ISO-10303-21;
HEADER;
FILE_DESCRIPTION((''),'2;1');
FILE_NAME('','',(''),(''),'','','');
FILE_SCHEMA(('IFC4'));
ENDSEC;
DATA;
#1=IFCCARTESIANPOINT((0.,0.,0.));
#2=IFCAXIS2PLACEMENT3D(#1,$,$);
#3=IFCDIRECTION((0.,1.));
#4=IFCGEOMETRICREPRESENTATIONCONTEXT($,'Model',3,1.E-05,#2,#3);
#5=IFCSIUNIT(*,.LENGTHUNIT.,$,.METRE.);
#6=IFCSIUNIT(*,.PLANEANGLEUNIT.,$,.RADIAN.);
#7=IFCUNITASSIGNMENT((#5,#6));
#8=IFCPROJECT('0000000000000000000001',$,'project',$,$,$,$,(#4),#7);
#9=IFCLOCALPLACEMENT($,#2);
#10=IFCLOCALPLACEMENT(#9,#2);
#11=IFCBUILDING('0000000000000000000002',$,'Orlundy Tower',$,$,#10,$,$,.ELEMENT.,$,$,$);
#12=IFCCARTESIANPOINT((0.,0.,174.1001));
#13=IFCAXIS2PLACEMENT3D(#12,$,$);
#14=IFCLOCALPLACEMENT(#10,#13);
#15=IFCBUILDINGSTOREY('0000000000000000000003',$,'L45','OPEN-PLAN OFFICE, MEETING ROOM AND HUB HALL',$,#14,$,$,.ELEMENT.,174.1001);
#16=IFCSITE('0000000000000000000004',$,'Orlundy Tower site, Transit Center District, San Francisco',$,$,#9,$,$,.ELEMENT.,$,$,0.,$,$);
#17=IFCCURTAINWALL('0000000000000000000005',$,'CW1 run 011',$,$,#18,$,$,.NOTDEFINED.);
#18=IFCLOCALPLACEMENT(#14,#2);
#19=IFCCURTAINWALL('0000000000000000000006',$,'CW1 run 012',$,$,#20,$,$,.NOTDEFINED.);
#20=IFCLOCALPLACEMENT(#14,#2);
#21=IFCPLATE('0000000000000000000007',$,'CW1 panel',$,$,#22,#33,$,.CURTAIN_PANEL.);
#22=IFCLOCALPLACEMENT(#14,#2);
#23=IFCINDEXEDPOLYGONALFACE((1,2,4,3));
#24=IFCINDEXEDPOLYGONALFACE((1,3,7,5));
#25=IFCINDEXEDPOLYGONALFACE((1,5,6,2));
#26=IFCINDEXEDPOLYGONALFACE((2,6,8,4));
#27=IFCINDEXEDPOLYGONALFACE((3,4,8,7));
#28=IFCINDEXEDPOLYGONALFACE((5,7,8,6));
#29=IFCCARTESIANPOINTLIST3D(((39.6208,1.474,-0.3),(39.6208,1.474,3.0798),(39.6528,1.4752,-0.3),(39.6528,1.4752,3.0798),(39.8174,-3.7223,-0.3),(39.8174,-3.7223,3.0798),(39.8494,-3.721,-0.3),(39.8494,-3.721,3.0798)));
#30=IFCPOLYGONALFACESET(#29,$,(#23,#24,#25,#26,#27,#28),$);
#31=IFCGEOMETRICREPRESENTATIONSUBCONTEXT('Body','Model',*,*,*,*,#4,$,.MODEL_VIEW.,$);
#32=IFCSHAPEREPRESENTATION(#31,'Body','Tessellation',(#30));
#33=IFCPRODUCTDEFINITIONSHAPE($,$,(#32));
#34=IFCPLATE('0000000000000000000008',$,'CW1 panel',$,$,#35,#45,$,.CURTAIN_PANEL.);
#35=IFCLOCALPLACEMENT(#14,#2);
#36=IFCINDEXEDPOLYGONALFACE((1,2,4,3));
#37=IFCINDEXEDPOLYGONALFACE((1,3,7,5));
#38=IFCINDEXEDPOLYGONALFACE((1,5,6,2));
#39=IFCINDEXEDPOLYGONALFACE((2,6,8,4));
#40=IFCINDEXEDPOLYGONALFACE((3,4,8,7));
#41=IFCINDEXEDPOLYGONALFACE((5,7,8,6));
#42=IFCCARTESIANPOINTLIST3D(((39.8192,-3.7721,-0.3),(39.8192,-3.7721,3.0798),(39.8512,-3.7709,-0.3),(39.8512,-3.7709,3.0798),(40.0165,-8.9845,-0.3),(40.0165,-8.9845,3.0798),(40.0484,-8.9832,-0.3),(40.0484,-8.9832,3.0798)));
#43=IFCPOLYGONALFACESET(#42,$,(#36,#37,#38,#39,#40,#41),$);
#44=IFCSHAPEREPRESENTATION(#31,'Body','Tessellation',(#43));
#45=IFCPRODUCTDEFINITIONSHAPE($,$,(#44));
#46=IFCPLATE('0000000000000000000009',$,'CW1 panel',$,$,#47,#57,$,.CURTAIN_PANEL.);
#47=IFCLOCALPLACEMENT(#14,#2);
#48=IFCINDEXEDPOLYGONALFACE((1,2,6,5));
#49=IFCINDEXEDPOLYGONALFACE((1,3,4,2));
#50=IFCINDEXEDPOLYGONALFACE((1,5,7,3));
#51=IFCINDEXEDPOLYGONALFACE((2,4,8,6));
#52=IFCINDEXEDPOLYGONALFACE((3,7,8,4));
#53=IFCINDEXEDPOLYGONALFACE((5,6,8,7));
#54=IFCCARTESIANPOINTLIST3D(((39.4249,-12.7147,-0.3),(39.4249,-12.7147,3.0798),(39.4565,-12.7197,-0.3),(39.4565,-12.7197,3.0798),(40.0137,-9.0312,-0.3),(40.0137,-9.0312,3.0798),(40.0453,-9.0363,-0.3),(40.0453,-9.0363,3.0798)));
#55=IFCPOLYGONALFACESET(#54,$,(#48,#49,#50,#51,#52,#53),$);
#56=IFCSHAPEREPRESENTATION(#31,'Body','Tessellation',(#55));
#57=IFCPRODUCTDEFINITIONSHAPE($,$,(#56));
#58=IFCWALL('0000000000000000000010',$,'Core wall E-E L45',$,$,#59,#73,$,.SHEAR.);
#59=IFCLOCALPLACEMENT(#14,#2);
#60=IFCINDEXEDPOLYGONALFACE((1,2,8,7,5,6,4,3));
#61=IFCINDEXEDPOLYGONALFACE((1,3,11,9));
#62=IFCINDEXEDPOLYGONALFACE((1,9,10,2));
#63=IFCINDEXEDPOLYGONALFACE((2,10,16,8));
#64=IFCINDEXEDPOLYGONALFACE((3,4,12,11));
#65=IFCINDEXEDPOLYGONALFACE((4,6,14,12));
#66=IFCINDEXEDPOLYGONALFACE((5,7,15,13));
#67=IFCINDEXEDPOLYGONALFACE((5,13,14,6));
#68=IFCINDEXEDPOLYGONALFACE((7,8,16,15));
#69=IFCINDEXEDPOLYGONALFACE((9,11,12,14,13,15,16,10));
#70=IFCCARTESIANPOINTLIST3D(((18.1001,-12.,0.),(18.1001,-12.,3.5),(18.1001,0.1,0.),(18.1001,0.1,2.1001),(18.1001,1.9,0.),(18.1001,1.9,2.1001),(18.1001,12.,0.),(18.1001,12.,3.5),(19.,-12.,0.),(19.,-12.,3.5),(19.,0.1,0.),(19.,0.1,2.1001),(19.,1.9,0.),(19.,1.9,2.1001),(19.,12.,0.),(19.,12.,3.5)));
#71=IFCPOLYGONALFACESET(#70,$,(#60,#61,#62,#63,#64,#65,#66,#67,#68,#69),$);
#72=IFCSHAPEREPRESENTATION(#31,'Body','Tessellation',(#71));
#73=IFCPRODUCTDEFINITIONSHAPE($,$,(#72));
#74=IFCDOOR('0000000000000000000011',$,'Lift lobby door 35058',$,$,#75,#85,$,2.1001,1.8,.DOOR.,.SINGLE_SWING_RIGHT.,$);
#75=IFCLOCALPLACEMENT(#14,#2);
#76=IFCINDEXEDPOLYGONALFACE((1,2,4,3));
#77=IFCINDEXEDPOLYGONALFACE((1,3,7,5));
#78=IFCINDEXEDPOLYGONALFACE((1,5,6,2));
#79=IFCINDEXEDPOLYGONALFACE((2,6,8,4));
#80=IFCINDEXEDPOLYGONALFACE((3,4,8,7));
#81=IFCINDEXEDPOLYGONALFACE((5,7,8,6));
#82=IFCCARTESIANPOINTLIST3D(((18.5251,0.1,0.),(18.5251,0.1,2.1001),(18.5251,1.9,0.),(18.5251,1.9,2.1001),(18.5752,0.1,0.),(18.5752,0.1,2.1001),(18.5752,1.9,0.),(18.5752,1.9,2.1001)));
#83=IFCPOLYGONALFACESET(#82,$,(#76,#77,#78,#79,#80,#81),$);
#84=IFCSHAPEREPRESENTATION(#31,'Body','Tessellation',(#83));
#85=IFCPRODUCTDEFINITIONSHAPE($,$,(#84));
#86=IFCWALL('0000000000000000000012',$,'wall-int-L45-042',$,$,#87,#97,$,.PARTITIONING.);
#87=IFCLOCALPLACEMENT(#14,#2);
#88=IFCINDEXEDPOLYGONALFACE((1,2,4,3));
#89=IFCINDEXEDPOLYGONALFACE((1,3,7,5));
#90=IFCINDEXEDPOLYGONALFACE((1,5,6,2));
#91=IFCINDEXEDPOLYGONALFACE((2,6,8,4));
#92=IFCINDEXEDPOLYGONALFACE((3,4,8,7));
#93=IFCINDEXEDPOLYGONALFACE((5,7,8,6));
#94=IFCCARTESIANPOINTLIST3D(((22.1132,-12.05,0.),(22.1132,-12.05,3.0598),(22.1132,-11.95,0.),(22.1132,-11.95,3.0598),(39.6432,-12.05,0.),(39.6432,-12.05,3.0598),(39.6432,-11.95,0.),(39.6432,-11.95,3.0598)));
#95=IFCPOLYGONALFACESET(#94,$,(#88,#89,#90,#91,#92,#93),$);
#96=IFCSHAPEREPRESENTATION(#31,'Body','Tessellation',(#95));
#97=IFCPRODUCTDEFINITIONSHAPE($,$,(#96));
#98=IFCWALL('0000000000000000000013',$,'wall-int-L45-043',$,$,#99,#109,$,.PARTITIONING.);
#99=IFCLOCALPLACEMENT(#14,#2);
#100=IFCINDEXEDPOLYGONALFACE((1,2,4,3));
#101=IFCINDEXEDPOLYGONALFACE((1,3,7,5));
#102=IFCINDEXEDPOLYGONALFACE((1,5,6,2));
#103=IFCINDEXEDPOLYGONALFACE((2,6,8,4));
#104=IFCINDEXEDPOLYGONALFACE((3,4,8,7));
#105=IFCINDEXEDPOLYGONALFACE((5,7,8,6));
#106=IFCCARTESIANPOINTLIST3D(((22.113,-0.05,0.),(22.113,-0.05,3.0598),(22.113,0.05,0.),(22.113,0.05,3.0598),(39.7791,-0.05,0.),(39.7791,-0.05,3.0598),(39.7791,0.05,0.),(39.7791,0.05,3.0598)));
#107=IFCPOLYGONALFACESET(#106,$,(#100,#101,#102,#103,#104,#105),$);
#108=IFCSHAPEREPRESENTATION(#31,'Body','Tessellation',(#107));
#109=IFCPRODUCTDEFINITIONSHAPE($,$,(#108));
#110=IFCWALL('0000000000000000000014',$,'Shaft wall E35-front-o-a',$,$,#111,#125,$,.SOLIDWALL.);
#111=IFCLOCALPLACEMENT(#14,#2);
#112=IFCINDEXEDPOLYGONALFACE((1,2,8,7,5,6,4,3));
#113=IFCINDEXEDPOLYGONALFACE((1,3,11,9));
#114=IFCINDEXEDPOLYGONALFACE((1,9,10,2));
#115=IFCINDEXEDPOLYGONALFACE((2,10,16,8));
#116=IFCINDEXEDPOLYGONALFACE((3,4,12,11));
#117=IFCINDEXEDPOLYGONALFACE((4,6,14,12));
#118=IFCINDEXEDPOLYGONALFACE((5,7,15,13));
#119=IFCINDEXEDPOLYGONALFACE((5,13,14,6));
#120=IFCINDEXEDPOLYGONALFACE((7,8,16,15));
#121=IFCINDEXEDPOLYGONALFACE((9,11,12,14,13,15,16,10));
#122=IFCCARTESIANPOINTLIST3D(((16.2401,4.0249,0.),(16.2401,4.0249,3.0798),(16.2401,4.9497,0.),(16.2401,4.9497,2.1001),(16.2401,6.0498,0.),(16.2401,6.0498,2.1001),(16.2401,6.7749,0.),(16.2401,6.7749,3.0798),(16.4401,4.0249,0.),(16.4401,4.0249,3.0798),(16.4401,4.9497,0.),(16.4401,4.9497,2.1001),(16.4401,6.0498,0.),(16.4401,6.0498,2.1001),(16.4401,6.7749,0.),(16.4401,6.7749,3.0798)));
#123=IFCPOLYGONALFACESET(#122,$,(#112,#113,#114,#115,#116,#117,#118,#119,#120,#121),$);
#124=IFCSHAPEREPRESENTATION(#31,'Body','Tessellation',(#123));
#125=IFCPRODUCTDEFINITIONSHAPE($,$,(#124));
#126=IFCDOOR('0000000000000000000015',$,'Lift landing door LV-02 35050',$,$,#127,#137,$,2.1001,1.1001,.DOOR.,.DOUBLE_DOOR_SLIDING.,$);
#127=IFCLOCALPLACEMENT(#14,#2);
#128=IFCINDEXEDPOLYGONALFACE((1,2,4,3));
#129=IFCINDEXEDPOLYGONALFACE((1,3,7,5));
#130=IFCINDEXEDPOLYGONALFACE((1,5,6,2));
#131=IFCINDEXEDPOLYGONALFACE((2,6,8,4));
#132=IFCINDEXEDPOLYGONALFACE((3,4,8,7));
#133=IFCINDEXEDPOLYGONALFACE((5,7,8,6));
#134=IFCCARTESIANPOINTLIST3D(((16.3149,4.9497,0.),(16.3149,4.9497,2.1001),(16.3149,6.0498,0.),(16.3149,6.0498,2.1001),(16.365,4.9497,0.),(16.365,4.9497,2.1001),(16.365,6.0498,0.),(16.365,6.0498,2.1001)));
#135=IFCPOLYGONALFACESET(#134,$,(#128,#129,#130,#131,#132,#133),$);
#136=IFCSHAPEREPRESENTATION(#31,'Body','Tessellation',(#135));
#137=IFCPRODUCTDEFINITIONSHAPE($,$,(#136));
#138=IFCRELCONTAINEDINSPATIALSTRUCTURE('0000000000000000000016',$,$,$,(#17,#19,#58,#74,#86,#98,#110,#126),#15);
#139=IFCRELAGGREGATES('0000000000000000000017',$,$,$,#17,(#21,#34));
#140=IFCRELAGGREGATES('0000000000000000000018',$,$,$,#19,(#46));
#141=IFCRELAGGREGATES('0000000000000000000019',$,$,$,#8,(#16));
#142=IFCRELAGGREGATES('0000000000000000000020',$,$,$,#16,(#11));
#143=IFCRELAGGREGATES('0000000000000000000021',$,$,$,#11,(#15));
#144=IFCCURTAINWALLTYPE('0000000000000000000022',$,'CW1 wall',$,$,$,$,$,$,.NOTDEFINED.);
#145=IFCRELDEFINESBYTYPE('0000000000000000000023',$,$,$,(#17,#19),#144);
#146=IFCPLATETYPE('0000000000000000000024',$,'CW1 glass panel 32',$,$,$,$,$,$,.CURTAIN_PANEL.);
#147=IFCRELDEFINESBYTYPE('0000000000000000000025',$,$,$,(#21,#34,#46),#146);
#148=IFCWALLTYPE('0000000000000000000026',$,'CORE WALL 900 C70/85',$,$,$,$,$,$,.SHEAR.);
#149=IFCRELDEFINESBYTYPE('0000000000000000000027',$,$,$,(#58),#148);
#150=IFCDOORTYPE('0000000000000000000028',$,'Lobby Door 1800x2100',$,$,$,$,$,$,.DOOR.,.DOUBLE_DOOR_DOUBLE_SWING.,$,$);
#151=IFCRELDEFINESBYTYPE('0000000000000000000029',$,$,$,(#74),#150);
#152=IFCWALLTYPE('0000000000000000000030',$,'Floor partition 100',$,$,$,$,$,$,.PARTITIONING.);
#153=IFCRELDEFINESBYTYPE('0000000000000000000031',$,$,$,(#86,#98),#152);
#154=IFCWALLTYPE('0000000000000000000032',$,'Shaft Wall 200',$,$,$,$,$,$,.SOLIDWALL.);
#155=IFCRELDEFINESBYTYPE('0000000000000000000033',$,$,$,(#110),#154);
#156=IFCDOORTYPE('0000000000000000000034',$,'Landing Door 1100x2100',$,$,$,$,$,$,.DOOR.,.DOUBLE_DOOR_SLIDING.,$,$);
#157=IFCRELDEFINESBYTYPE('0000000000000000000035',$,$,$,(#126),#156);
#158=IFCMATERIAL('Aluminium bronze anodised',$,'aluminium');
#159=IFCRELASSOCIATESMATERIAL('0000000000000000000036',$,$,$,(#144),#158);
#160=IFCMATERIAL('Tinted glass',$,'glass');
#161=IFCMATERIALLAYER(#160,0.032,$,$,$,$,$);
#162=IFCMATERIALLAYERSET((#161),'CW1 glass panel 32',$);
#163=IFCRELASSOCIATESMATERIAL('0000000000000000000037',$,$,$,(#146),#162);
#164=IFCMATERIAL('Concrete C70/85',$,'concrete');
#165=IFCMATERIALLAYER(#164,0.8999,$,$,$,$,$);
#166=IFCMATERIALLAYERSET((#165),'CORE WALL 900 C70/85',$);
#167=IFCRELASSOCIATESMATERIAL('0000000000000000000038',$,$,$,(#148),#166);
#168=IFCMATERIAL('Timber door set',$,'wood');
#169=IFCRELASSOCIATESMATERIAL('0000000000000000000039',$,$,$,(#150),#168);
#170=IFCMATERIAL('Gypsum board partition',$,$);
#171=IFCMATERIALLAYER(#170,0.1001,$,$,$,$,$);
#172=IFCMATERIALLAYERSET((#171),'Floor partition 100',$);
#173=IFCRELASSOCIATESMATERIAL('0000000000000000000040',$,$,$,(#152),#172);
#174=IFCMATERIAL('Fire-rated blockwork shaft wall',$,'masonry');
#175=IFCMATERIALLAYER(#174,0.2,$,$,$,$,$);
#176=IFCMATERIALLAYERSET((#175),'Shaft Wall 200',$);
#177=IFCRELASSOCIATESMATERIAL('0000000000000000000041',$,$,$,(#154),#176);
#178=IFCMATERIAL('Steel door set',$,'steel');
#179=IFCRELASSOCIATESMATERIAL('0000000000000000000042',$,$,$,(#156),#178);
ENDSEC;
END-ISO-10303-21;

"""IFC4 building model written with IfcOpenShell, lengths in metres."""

from ifc_helpers import new_model, si_unit, direction, frame, frame_2d, origin, origin_2d, place, context, subcontext, project, spatial, rectangle, extrude, material, layer, layer_set, type_object, element, fill, aggregate, save


model = new_model("IFC4")

# Units and contexts
model_context = context("Model", 3, precision=1e-05, world=origin(), true_north=direction((0.0, 1.0)))
body_context = subcontext(model_context, "Body", "Model", "MODEL_VIEW")
ifc_project = project(units=[si_unit("LENGTHUNIT", "METRE"), si_unit("PLANEANGLEUNIT", "RADIAN")], contexts=[model_context])

# Site, building, storey
site_placement = place(None, origin())
site = spatial("IfcSite", under=ifc_project, at=site_placement, Name="Orlundy Tower site, Transit Center District, San Francisco", CompositionType="ELEMENT", RefElevation=0.0)
building_placement = place(site_placement, origin())
building = spatial("IfcBuilding", under=site, at=building_placement, Name="Orlundy Tower", CompositionType="ELEMENT")
storey_placement = place(building_placement, frame((0.0, 0.0, 174.1001)))
storey = spatial("IfcBuildingStorey", under=building, at=storey_placement, Name="L45", Description="OPEN-PLAN OFFICE, MEETING ROOM AND HUB HALL", CompositionType="ELEMENT", Elevation=174.1001)

# Curtain wall
ifc_material_1 = material(Name="Aluminium bronze anodised", Category="aluminium")
curtain_wall_type = type_object("IfcCurtainWallType", Name="CW1 wall", PredefinedType="NOTDEFINED", material=ifc_material_1)
curtain_wall_1_placement = place(storey_placement, origin())
curtain_wall_1 = element("IfcCurtainWall", 1, at=curtain_wall_1_placement, inside=storey, type_object=curtain_wall_type, Name="CW1 run 011", PredefinedType="NOTDEFINED")

# Curtain wall
curtain_wall_2_placement = place(storey_placement, origin())
curtain_wall_2 = element("IfcCurtainWall", 2, at=curtain_wall_2_placement, inside=storey, type_object=curtain_wall_type, Name="CW1 run 012", PredefinedType="NOTDEFINED")

# Plates
ifc_material_2 = material(Name="Tinted glass", Category="glass")
ifc_layer_1 = layer(ifc_material_2, 0.032)
ifc_layer_set_1 = layer_set([ifc_layer_1], Name="CW1 glass panel 32")
plate_type = type_object("IfcPlateType", Name="CW1 glass panel 32", PredefinedType="CURTAIN_PANEL", material=ifc_layer_set_1)
plate_1_placement = place(storey_placement, frame((39.7351, -1.1235, -0.3), z_axis=(0.0, 0.0, 1.0), x_axis=(0.037809, -0.999285, 0.0)))
plate_1 = element("IfcPlate", 3, at=plate_1_placement, type_object=plate_type, Name="CW1 panel", PredefinedType="CURTAIN_PANEL", context=body_context, shape_type="SweptSolid", body=[
    extrude(rectangle(XDim=5.2, YDim=0.032, at=origin_2d()), origin(), (0.0, 0.0, 1.0), 3.3799),
])
plate_2_placement = place(storey_placement, frame((39.9338, -6.3777, -0.3), z_axis=(0.0, 0.0, 1.0), x_axis=(0.037809, -0.999285, 0.0)))
plate_2 = element("IfcPlate", 4, at=plate_2_placement, type_object=plate_type, Name="CW1 panel", PredefinedType="CURTAIN_PANEL", context=body_context, shape_type="SweptSolid", body=[
    extrude(rectangle(XDim=5.2161, YDim=0.032, at=origin_2d()), origin(), (0.0, 0.0, 1.0), 3.3799),
])
aggregate(curtain_wall_1, [plate_1, plate_2])
plate_3_placement = place(storey_placement, frame((39.7351, -10.8755, -0.3), z_axis=(0.0, 0.0, 1.0), x_axis=(-0.157833, -0.987466, 0.0)))
plate_3 = element("IfcPlate", 5, at=plate_3_placement, type_object=plate_type, Name="CW1 panel", PredefinedType="CURTAIN_PANEL", context=body_context, shape_type="SweptSolid", body=[
    extrude(rectangle(XDim=3.7302, YDim=0.032, at=origin_2d()), origin(), (0.0, 0.0, 1.0), 3.3799),
])
aggregate(curtain_wall_2, [plate_3])

# Wall, opening, door
ifc_material_3 = material(Name="Concrete C70/85", Category="concrete")
ifc_layer_2 = layer(ifc_material_3, 0.8999)
ifc_layer_set_2 = layer_set([ifc_layer_2], Name="CORE WALL 900 C70/85")
wall_type_1 = type_object("IfcWallType", Name="CORE WALL 900 C70/85", PredefinedType="SHEAR", material=ifc_layer_set_2)
wall_1_placement = place(storey_placement, frame((18.55, -12.0, 0.0), z_axis=(0.0, 0.0, 1.0), x_axis=(0.0, 1.0, 0.0)))
wall_1 = element("IfcWall", 6, at=wall_1_placement, inside=storey, type_object=wall_type_1, Name="Core wall E-E L45", PredefinedType="SHEAR", context=body_context, shape_type="SweptSolid", body=[
    extrude(rectangle(XDim=24.0, YDim=0.8999, at=frame_2d((12.0, 0.0))), origin(), (0.0, 0.0, 1.0), 3.5),
])
opening_1_placement = place(wall_1_placement, frame((12.1001, 0.0, 0.0)))
opening_1 = element("IfcOpeningElement", 7, at=opening_1_placement, cuts=wall_1, PredefinedType="OPENING", context=body_context, shape_type="SweptSolid", body=[
    extrude(rectangle(XDim=1.8, YDim=2.1001, at=frame_2d((0.8999, 1.05))), frame((0.0, 0.46, 0.0), z_axis=(0.0, -1.0, 0.0), x_axis=(1.0, 0.0, 0.0)), (0.0, 0.0, 1.0), 0.9199),
])
ifc_material_4 = material(Name="Timber door set", Category="wood")
door_type_1 = type_object("IfcDoorType", Name="Lobby Door 1800x2100", OperationType="DOUBLE_DOOR_DOUBLE_SWING", PredefinedType="DOOR", material=ifc_material_4)
door_1_placement = place(opening_1_placement, origin())
door_1 = element("IfcDoor", 8, at=door_1_placement, inside=storey, type_object=door_type_1, Name="Lift lobby door 35058", OperationType="SINGLE_SWING_RIGHT", OverallHeight=2.1001, OverallWidth=1.8, PredefinedType="DOOR", context=body_context, shape_type="SweptSolid", body=[
    extrude(rectangle(XDim=1.8, YDim=2.1001, at=frame_2d((0.8999, 1.05))), frame((0.0, 0.0249, 0.0), z_axis=(0.0, -1.0, 0.0), x_axis=(1.0, 0.0, 0.0)), (0.0, 0.0, 1.0), 0.05),
])
fill(opening_1, door_1)

# Walls
ifc_material_5 = material(Name="Gypsum board partition")
ifc_layer_3 = layer(ifc_material_5, 0.1001)
ifc_layer_set_3 = layer_set([ifc_layer_3], Name="Floor partition 100")
wall_type_2 = type_object("IfcWallType", Name="Floor partition 100", PredefinedType="PARTITIONING", material=ifc_layer_set_3)
wall_2_placement = place(storey_placement, frame((22.113, -12.0, 0.0), z_axis=(0.0, 0.0, 1.0), x_axis=(1.0, 0.0, 0.0)))
element("IfcWall", 9, at=wall_2_placement, inside=storey, type_object=wall_type_2, Name="wall-int-L45-042", PredefinedType="PARTITIONING", context=body_context, shape_type="SweptSolid", body=[
    extrude(rectangle(XDim=17.53, YDim=0.1001, at=frame_2d((8.7651, 0.0))), origin(), (0.0, 0.0, 1.0), 3.0598),
])
wall_3_placement = place(storey_placement, frame((22.113, 0.0, 0.0), z_axis=(0.0, 0.0, 1.0), x_axis=(1.0, 0.0, 0.0)))
element("IfcWall", 10, at=wall_3_placement, inside=storey, type_object=wall_type_2, Name="wall-int-L45-043", PredefinedType="PARTITIONING", context=body_context, shape_type="SweptSolid", body=[
    extrude(rectangle(XDim=17.666, YDim=0.1001, at=frame_2d((8.833, 0.0))), origin(), (0.0, 0.0, 1.0), 3.0598),
])

# Wall, opening, door
ifc_material_6 = material(Name="Fire-rated blockwork shaft wall", Category="masonry")
ifc_layer_4 = layer(ifc_material_6, 0.2)
ifc_layer_set_4 = layer_set([ifc_layer_4], Name="Shaft Wall 200")
wall_type_3 = type_object("IfcWallType", Name="Shaft Wall 200", PredefinedType="SOLIDWALL", material=ifc_layer_set_4)
wall_4_placement = place(storey_placement, frame((16.3401, 6.7749, 0.0), z_axis=(0.0, 0.0, 1.0), x_axis=(0.0, -1.0, 0.0)))
wall_4 = element("IfcWall", 11, at=wall_4_placement, inside=storey, type_object=wall_type_3, Name="Shaft wall E35-front-o-a", PredefinedType="SOLIDWALL", context=body_context, shape_type="SweptSolid", body=[
    extrude(rectangle(XDim=2.75, YDim=0.2, at=frame_2d((1.375, 0.0))), origin(), (0.0, 0.0, 1.0), 3.0798),
])
opening_2_placement = place(wall_4_placement, frame((0.7251, 0.0, 0.0)))
opening_2 = element("IfcOpeningElement", 12, at=opening_2_placement, cuts=wall_4, PredefinedType="OPENING", context=body_context, shape_type="SweptSolid", body=[
    extrude(rectangle(XDim=1.1001, YDim=2.1001, at=frame_2d((0.55, 1.05))), frame((0.0, 0.1101, 0.0), z_axis=(0.0, -1.0, 0.0), x_axis=(1.0, 0.0, 0.0)), (0.0, 0.0, 1.0), 0.2202),
])
ifc_material_7 = material(Name="Steel door set", Category="steel")
door_type_2 = type_object("IfcDoorType", Name="Landing Door 1100x2100", OperationType="DOUBLE_DOOR_SLIDING", PredefinedType="DOOR", material=ifc_material_7)
door_2_placement = place(opening_2_placement, origin())
door_2 = element("IfcDoor", 13, at=door_2_placement, inside=storey, type_object=door_type_2, Name="Lift landing door LV-02 35050", OperationType="DOUBLE_DOOR_SLIDING", OverallHeight=2.1001, OverallWidth=1.1001, PredefinedType="DOOR", context=body_context, shape_type="SweptSolid", body=[
    extrude(rectangle(XDim=1.1001, YDim=2.1001, at=frame_2d((0.55, 1.05))), frame((0.0, 0.0249, 0.0), z_axis=(0.0, -1.0, 0.0), x_axis=(1.0, 0.0, 0.0)), (0.0, 0.0, 1.0), 0.05),
])
fill(opening_2, door_2)

save(model, "model.ifc")
